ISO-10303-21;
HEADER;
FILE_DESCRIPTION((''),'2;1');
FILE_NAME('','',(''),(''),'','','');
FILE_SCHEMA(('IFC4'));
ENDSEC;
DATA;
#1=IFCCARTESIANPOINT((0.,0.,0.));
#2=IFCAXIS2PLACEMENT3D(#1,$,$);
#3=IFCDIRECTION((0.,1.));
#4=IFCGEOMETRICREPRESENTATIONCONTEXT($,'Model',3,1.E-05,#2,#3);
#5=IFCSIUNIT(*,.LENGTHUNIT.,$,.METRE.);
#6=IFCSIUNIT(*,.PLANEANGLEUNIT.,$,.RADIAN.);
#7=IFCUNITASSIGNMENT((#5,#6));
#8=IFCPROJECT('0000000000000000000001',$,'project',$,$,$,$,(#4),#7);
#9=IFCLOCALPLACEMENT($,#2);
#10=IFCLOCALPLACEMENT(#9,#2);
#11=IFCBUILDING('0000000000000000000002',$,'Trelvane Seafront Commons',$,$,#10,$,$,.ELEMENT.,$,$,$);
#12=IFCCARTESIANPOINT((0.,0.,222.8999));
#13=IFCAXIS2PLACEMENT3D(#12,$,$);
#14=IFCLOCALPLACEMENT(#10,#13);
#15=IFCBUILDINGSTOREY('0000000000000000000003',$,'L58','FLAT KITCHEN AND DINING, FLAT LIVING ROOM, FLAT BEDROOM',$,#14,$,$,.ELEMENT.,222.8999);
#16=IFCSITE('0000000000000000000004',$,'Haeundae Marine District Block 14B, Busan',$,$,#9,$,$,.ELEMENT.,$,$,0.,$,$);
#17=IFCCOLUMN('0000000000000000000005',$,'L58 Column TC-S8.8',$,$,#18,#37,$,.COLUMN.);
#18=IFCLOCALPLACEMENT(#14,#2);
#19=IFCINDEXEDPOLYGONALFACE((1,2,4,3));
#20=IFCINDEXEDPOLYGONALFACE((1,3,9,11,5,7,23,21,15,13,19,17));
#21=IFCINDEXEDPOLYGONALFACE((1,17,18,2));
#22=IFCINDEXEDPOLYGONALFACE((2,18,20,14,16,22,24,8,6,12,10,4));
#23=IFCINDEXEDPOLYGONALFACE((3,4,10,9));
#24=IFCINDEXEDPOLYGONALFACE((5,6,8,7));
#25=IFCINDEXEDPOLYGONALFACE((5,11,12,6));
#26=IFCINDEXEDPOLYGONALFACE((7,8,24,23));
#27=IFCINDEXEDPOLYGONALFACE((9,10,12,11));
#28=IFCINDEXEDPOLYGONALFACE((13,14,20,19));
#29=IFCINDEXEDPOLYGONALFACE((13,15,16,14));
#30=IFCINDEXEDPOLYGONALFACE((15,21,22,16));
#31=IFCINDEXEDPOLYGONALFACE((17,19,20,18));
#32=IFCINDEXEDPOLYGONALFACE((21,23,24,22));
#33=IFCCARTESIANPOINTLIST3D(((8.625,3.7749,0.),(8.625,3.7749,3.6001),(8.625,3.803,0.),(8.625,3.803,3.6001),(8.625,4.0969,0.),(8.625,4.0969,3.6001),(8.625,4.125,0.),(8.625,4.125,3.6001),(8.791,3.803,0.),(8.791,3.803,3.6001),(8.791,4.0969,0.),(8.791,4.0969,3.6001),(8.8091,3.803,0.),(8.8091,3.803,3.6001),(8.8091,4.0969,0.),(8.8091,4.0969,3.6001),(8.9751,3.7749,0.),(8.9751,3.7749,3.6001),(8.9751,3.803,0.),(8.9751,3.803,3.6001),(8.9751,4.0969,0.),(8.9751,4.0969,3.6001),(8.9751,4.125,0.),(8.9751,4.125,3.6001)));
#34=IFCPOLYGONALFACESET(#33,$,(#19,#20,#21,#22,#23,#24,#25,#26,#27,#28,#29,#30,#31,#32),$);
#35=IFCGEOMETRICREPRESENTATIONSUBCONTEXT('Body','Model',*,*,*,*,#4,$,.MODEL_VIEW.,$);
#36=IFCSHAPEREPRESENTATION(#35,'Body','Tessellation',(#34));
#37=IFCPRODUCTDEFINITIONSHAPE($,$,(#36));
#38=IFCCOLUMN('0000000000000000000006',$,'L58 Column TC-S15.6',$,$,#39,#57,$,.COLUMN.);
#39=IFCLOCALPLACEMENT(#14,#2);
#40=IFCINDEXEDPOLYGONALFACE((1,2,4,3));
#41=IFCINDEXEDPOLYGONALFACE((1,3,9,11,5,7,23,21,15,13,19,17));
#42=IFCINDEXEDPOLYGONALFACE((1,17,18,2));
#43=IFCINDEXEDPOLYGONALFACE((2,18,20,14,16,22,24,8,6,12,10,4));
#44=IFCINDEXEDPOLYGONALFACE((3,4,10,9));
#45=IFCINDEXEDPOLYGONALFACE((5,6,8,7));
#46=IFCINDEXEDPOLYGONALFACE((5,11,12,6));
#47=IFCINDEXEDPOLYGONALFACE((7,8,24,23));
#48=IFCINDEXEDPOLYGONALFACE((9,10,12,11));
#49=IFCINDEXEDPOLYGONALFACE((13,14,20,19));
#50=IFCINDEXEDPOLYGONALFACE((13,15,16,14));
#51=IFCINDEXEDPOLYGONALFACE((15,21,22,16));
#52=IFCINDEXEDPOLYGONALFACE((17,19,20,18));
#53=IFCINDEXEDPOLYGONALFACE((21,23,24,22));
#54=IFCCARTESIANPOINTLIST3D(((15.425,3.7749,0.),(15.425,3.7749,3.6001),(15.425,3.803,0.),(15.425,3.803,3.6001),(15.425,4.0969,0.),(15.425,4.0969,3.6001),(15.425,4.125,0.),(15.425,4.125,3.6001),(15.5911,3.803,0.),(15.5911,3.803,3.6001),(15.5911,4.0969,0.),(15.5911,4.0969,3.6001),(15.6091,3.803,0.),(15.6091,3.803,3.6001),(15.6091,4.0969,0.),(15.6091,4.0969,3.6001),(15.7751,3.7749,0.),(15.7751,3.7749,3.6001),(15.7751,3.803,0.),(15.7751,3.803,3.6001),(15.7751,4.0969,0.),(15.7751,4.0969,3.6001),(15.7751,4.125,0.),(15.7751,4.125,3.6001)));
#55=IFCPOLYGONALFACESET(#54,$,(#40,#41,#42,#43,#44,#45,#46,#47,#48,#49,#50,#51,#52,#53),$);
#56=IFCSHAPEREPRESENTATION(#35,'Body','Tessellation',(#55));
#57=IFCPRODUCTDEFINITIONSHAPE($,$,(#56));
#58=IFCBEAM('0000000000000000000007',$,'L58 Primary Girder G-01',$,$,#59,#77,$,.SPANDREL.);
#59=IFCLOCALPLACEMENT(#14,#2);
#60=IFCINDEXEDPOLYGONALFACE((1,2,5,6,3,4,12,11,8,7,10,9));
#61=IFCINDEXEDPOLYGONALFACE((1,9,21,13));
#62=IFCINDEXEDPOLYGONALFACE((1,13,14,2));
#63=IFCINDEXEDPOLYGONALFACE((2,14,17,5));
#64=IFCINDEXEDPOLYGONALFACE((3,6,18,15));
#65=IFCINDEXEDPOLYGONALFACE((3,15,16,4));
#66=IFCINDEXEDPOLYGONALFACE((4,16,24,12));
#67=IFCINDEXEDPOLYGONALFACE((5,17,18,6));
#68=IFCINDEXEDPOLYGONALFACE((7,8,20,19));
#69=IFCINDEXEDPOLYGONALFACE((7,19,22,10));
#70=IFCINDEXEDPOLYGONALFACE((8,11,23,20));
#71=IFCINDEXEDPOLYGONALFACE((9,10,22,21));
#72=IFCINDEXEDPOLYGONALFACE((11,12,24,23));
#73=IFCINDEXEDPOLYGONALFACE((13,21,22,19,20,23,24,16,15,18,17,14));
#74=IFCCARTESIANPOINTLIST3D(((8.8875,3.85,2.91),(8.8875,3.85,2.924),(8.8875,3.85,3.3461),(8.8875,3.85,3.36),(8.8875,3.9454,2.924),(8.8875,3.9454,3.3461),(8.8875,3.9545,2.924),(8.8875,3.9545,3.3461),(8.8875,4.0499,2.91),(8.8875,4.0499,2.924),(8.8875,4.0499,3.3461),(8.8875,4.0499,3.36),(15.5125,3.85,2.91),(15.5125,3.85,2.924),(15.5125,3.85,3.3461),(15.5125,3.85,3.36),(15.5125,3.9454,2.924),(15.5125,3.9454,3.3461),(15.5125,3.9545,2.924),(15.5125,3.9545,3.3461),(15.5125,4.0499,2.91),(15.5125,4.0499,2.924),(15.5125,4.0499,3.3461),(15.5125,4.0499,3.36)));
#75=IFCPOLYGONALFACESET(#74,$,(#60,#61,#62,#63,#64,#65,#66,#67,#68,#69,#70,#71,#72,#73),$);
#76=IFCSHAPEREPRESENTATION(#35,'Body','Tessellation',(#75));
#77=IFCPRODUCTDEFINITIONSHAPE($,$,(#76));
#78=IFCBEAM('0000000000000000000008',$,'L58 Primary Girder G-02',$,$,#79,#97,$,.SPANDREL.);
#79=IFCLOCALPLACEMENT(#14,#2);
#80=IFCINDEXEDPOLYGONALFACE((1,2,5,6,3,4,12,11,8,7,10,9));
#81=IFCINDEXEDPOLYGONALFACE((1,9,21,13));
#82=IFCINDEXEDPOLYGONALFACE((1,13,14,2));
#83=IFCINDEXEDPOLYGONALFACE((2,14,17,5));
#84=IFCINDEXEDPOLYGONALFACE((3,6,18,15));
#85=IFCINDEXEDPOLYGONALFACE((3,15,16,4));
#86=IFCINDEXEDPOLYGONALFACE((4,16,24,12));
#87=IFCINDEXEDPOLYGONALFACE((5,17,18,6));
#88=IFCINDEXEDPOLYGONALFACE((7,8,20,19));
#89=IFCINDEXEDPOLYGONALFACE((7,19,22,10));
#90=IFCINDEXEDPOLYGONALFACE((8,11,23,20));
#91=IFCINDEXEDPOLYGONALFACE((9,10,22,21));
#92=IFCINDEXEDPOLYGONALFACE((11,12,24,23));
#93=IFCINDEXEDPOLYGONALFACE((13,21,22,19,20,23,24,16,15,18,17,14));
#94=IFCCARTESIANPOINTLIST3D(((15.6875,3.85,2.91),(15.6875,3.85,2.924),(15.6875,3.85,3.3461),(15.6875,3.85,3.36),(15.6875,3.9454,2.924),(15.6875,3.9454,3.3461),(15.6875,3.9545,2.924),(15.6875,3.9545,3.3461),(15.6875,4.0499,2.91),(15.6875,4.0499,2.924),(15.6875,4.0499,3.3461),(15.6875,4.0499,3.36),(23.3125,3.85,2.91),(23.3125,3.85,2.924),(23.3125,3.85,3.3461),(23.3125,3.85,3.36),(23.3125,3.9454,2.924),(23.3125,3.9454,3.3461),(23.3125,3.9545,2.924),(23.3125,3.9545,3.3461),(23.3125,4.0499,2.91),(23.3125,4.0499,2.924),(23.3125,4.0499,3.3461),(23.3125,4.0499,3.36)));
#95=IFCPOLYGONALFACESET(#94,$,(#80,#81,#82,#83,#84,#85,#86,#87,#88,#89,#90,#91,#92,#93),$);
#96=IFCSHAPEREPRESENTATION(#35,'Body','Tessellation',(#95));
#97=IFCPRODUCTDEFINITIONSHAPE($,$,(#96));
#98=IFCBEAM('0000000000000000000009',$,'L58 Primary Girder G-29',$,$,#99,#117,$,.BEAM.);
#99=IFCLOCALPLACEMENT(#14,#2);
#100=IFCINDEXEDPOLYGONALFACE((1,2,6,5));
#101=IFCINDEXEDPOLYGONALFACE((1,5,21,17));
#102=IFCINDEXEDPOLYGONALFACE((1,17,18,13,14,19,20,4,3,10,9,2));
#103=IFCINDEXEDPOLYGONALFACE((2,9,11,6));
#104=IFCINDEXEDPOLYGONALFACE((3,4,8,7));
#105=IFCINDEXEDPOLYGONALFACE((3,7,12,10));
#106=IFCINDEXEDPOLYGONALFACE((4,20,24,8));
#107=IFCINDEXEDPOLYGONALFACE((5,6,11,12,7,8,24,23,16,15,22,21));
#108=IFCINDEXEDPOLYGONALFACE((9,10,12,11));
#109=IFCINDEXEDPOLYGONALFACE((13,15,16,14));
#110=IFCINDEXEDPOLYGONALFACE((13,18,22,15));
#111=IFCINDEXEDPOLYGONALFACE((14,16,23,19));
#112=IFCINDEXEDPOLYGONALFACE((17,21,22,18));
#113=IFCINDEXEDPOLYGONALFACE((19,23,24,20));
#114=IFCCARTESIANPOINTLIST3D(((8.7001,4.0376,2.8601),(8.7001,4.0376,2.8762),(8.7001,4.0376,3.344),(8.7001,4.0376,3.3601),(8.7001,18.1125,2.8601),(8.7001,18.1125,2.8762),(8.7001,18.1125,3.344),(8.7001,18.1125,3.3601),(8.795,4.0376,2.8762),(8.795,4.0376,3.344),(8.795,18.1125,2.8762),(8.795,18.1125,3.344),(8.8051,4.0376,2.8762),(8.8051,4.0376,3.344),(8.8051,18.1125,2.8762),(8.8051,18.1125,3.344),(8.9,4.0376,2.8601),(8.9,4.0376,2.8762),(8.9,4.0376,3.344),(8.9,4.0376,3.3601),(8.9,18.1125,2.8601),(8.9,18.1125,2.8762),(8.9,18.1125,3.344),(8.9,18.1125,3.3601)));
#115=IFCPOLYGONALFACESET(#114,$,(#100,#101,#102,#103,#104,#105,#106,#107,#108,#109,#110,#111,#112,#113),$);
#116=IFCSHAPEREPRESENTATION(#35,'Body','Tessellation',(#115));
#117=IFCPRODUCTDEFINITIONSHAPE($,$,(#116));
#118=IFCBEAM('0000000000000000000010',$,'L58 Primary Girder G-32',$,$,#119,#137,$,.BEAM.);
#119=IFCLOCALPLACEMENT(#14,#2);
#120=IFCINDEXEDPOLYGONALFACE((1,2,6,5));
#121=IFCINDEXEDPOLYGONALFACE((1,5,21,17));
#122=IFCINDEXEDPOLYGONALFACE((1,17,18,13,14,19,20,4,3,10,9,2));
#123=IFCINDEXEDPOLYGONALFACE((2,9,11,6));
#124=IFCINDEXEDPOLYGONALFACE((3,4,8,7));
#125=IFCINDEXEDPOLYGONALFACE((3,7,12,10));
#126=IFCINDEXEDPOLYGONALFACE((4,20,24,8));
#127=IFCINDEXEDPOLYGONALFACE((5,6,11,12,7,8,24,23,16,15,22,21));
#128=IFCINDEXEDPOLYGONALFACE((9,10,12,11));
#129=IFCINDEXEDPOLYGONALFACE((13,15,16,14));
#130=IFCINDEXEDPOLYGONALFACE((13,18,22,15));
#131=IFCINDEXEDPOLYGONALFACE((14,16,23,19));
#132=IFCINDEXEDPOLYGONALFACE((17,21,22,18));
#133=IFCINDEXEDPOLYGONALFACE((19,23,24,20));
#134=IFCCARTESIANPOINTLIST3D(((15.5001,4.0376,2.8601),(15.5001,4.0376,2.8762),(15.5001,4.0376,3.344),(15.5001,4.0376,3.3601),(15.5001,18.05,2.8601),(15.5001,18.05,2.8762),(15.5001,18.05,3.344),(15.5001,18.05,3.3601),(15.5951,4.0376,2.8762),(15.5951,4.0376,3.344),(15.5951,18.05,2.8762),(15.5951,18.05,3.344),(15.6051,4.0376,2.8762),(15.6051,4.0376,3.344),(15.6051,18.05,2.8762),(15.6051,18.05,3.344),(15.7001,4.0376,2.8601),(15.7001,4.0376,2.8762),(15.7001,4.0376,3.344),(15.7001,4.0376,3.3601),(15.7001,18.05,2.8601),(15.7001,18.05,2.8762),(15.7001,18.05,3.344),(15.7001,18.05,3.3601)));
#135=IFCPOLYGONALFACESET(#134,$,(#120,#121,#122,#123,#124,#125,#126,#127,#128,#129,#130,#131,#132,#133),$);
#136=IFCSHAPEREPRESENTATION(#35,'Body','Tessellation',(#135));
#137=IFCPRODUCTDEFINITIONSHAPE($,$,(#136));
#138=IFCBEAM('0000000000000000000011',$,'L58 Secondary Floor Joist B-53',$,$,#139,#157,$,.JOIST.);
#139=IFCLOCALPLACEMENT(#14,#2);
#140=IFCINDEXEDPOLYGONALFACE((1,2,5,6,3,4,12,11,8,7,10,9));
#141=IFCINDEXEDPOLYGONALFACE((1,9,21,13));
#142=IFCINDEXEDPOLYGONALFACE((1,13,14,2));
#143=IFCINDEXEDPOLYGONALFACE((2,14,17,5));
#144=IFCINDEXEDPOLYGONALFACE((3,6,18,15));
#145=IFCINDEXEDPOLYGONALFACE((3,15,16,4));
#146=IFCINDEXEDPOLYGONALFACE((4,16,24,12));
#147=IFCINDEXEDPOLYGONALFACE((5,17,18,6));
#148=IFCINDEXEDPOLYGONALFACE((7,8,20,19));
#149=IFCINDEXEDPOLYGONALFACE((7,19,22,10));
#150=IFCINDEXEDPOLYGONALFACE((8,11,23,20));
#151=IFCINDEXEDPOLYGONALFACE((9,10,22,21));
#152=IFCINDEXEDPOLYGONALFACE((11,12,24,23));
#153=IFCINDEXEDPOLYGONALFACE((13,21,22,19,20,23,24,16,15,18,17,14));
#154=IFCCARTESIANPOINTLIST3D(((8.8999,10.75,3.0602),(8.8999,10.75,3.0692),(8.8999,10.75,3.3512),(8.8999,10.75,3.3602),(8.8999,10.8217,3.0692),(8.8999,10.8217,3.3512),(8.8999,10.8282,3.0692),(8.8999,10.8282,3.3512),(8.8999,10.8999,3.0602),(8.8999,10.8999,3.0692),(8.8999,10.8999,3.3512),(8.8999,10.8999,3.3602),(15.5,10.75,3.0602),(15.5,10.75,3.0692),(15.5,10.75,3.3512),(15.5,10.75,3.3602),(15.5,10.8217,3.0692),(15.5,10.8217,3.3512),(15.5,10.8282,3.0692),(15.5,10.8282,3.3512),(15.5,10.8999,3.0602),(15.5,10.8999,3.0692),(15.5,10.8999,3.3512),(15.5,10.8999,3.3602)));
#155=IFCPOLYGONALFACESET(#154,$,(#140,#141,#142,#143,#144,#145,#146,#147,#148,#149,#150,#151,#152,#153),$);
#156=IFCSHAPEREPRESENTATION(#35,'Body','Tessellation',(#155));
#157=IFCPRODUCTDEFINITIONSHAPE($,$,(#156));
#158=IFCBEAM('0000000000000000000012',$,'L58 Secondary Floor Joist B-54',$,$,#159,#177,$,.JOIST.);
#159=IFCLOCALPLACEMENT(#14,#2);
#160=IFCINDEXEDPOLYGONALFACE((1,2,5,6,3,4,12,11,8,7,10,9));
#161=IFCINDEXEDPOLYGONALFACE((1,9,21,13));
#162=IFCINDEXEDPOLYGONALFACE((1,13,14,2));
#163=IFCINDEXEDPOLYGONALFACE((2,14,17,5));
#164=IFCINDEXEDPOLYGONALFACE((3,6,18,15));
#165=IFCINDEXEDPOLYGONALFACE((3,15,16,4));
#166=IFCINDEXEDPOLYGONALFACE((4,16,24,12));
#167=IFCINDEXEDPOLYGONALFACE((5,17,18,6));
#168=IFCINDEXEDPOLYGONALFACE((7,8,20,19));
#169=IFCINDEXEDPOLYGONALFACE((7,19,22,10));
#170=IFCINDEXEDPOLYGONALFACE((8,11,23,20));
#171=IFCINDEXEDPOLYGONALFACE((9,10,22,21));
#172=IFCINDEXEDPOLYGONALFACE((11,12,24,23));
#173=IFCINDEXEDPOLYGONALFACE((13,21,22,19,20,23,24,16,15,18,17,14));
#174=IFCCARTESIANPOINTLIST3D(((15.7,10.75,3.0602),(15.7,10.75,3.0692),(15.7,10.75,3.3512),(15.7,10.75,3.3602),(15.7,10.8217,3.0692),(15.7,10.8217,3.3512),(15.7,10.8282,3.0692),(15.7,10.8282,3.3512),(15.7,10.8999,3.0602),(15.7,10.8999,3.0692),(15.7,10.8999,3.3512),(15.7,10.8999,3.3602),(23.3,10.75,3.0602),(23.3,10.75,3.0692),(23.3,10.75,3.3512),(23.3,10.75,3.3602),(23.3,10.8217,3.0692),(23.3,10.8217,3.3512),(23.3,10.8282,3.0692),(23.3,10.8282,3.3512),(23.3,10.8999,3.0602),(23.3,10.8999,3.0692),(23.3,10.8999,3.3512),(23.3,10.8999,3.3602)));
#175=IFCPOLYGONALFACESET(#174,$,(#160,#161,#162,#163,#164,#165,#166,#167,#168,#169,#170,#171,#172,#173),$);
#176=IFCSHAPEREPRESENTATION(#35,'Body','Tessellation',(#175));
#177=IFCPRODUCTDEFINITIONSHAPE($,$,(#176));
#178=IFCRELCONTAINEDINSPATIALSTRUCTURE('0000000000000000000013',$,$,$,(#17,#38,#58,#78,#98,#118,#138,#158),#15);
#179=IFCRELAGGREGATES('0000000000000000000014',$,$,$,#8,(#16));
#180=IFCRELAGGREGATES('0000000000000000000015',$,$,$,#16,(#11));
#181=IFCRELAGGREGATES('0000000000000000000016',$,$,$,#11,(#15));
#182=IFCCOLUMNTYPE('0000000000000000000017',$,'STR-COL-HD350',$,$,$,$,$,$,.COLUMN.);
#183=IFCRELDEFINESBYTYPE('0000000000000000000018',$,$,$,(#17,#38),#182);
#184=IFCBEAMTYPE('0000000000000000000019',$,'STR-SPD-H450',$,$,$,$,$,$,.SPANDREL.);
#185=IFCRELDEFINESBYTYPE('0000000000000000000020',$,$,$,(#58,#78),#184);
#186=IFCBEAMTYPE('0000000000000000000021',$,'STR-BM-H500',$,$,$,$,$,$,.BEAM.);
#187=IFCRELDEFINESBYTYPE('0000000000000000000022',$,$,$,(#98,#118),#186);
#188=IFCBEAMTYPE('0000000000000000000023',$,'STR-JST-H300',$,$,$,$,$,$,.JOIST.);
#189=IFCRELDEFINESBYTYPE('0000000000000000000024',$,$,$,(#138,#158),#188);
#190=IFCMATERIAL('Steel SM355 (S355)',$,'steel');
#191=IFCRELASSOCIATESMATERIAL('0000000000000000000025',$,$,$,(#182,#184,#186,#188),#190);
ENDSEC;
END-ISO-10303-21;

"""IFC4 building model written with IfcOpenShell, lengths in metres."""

from ifc_helpers import new_model, si_unit, direction, frame, origin, origin_2d, place, context, subcontext, project, spatial, i_section, extrude, source, transform, mapped, material, material_profile, profile_set, type_object, element, save


model = new_model("IFC4")

# Units and contexts
model_context = context("Model", 3, precision=1e-05, world=origin(), true_north=direction((0.0, 1.0)))
body_context = subcontext(model_context, "Body", "Model", "MODEL_VIEW")
ifc_project = project(units=[si_unit("LENGTHUNIT", "METRE"), si_unit("PLANEANGLEUNIT", "RADIAN")], contexts=[model_context])

# Site, building, storey
site_placement = place(None, origin())
site = spatial("IfcSite", under=ifc_project, at=site_placement, Name="Haeundae Marine District Block 14B, Busan", CompositionType="ELEMENT", RefElevation=0.0)
building_placement = place(site_placement, origin())
building = spatial("IfcBuilding", under=site, at=building_placement, Name="Trelvane Seafront Commons", CompositionType="ELEMENT")
storey_placement = place(building_placement, frame((0.0, 0.0, 222.8999)))
storey = spatial("IfcBuildingStorey", under=building, at=storey_placement, Name="L58", Description="FLAT KITCHEN AND DINING, FLAT LIVING ROOM, FLAT BEDROOM", CompositionType="ELEMENT", Elevation=222.8999)

# Columns
ifc_material_1 = material(Name="Steel SM355 (S355)", Category="steel")
ifc_material_profile_1 = material_profile(ifc_material_1, i_section(OverallWidth=0.3501, OverallDepth=0.3501, WebThickness=0.0181, FlangeThickness=0.0281, at=origin_2d()), Name="HD-350x350x18x28")
ifc_profile_set_1 = profile_set([ifc_material_profile_1], Name="Steel SM355 (S355)")
column_type = type_object("IfcColumnType", Name="STR-COL-HD350", PredefinedType="COLUMN", material=ifc_profile_set_1)
shared_shape_1 = source(origin(), body_context, "Body", "SweptSolid", [
    extrude(i_section(OverallWidth=0.3501, OverallDepth=0.3501, WebThickness=0.0181, FlangeThickness=0.0281, at=origin_2d()), origin(), (0.0, 0.0, 1.0), 3.6001),
])
for number, where, z_axis, x_axis, name in (
    (1, (8.8, 3.95, 0.0), (0.0, 0.0, 1.0), (1.0, 0.0, 0.0), "L58 Column TC-S8.8"),
    (2, (15.6001, 3.95, 0.0), (0.0, 0.0, 1.0), (1.0, 0.0, 0.0), "L58 Column TC-S15.6"),
):
    element("IfcColumn", number, at=place(storey_placement, frame(where, z_axis=z_axis, x_axis=x_axis)), inside=storey, type_object=column_type, Name=name, PredefinedType="COLUMN", context=body_context, shape_type="MappedRepresentation", body=[
        mapped(shared_shape_1, transform((0.0, 0.0, 0.0), x_axis=(1.0, 0.0, 0.0), y_axis=(0.0, 1.0, 0.0), z_axis=(0.0, 0.0, 1.0), scale=1.0)),
    ])

# Beams
ifc_material_profile_2 = material_profile(ifc_material_1, i_section(OverallWidth=0.2, OverallDepth=0.45, WebThickness=0.009, FlangeThickness=0.0139, at=origin_2d()), Name="H-450x200x9x14")
ifc_profile_set_2 = profile_set([ifc_material_profile_2], Name="Steel SM355 (S355)")
beam_type_1 = type_object("IfcBeamType", Name="STR-SPD-H450", PredefinedType="SPANDREL", material=ifc_profile_set_2)
shared_shape_2 = source(origin(), body_context, "Body", "SweptSolid", [
    extrude(i_section(OverallWidth=0.2, OverallDepth=0.45, WebThickness=0.009, FlangeThickness=0.0139, at=origin_2d()), origin(), (0.0, 0.0, 1.0), 6.625),
])
beam_1_placement = place(storey_placement, frame((8.8875, 3.95, 3.135), z_axis=(1.0, 0.0, 0.0), x_axis=(0.0, 1.0, 0.0)))
element("IfcBeam", 3, at=beam_1_placement, inside=storey, type_object=beam_type_1, Name="L58 Primary Girder G-01", PredefinedType="SPANDREL", context=body_context, shape_type="MappedRepresentation", body=[
    mapped(shared_shape_2, transform((0.0, 0.0, 0.0), x_axis=(1.0, 0.0, 0.0), y_axis=(0.0, 1.0, 0.0), z_axis=(0.0, 0.0, 1.0), scale=1.0)),
])
shared_shape_3 = source(origin(), body_context, "Body", "SweptSolid", [
    extrude(i_section(OverallWidth=0.2, OverallDepth=0.45, WebThickness=0.009, FlangeThickness=0.0139, at=origin_2d()), origin(), (0.0, 0.0, 1.0), 7.625),
])
beam_2_placement = place(storey_placement, frame((15.6875, 3.95, 3.135), z_axis=(1.0, 0.0, 0.0), x_axis=(0.0, 1.0, 0.0)))
element("IfcBeam", 4, at=beam_2_placement, inside=storey, type_object=beam_type_1, Name="L58 Primary Girder G-02", PredefinedType="SPANDREL", context=body_context, shape_type="MappedRepresentation", body=[
    mapped(shared_shape_3, transform((0.0, 0.0, 0.0), x_axis=(1.0, 0.0, 0.0), y_axis=(0.0, 1.0, 0.0), z_axis=(0.0, 0.0, 1.0), scale=1.0)),
])
ifc_material_profile_3 = material_profile(ifc_material_1, i_section(OverallWidth=0.2, OverallDepth=0.5, WebThickness=0.01, FlangeThickness=0.0161, at=origin_2d()), Name="H-500x200x10x16")
ifc_profile_set_3 = profile_set([ifc_material_profile_3], Name="Steel SM355 (S355)")
beam_type_2 = type_object("IfcBeamType", Name="STR-BM-H500", PredefinedType="BEAM", material=ifc_profile_set_3)
shared_shape_4 = source(origin(), body_context, "Body", "SweptSolid", [
    extrude(i_section(OverallWidth=0.2, OverallDepth=0.5, WebThickness=0.01, FlangeThickness=0.0161, at=origin_2d()), origin(), (0.0, 0.0, 1.0), 14.075),
])
beam_3_placement = place(storey_placement, frame((8.8, 4.0376, 3.1101), z_axis=(0.0, 1.0, 0.0), x_axis=(-1.0, 0.0, 0.0)))
element("IfcBeam", 5, at=beam_3_placement, inside=storey, type_object=beam_type_2, Name="L58 Primary Girder G-29", PredefinedType="BEAM", context=body_context, shape_type="MappedRepresentation", body=[
    mapped(shared_shape_4, transform((0.0, 0.0, 0.0), x_axis=(1.0, 0.0, 0.0), y_axis=(0.0, 1.0, 0.0), z_axis=(0.0, 0.0, 1.0), scale=1.0)),
])
shared_shape_5 = source(origin(), body_context, "Body", "SweptSolid", [
    extrude(i_section(OverallWidth=0.2, OverallDepth=0.5, WebThickness=0.01, FlangeThickness=0.0161, at=origin_2d()), origin(), (0.0, 0.0, 1.0), 14.0125),
])
beam_4_placement = place(storey_placement, frame((15.6001, 4.0376, 3.1101), z_axis=(0.0, 1.0, 0.0), x_axis=(-1.0, 0.0, 0.0)))
element("IfcBeam", 6, at=beam_4_placement, inside=storey, type_object=beam_type_2, Name="L58 Primary Girder G-32", PredefinedType="BEAM", context=body_context, shape_type="MappedRepresentation", body=[
    mapped(shared_shape_5, transform((0.0, 0.0, 0.0), x_axis=(1.0, 0.0, 0.0), y_axis=(0.0, 1.0, 0.0), z_axis=(0.0, 0.0, 1.0), scale=1.0)),
])
ifc_material_profile_4 = material_profile(ifc_material_1, i_section(OverallWidth=0.1499, OverallDepth=0.3, WebThickness=0.0066, FlangeThickness=0.009, at=origin_2d()), Name="H-300x150x6.5x9")
ifc_profile_set_4 = profile_set([ifc_material_profile_4], Name="Steel SM355 (S355)")
beam_type_3 = type_object("IfcBeamType", Name="STR-JST-H300", PredefinedType="JOIST", material=ifc_profile_set_4)
shared_shape_6 = source(origin(), body_context, "Body", "SweptSolid", [
    extrude(i_section(OverallWidth=0.1499, OverallDepth=0.3, WebThickness=0.0066, FlangeThickness=0.009, at=origin_2d()), origin(), (0.0, 0.0, 1.0), 6.6001),
])
beam_5_placement = place(storey_placement, frame((8.8999, 10.825, 3.2102), z_axis=(1.0, 0.0, 0.0), x_axis=(0.0, 1.0, 0.0)))
element("IfcBeam", 7, at=beam_5_placement, inside=storey, type_object=beam_type_3, Name="L58 Secondary Floor Joist B-53", PredefinedType="JOIST", context=body_context, shape_type="MappedRepresentation", body=[
    mapped(shared_shape_6, transform((0.0, 0.0, 0.0), x_axis=(1.0, 0.0, 0.0), y_axis=(0.0, 1.0, 0.0), z_axis=(0.0, 0.0, 1.0), scale=1.0)),
])
shared_shape_7 = source(origin(), body_context, "Body", "SweptSolid", [
    extrude(i_section(OverallWidth=0.1499, OverallDepth=0.3, WebThickness=0.0066, FlangeThickness=0.009, at=origin_2d()), origin(), (0.0, 0.0, 1.0), 7.6001),
])
beam_6_placement = place(storey_placement, frame((15.7, 10.825, 3.2102), z_axis=(1.0, 0.0, 0.0), x_axis=(0.0, 1.0, 0.0)))
element("IfcBeam", 8, at=beam_6_placement, inside=storey, type_object=beam_type_3, Name="L58 Secondary Floor Joist B-54", PredefinedType="JOIST", context=body_context, shape_type="MappedRepresentation", body=[
    mapped(shared_shape_7, transform((0.0, 0.0, 0.0), x_axis=(1.0, 0.0, 0.0), y_axis=(0.0, 1.0, 0.0), z_axis=(0.0, 0.0, 1.0), scale=1.0)),
])

save(model, "model.ifc")
